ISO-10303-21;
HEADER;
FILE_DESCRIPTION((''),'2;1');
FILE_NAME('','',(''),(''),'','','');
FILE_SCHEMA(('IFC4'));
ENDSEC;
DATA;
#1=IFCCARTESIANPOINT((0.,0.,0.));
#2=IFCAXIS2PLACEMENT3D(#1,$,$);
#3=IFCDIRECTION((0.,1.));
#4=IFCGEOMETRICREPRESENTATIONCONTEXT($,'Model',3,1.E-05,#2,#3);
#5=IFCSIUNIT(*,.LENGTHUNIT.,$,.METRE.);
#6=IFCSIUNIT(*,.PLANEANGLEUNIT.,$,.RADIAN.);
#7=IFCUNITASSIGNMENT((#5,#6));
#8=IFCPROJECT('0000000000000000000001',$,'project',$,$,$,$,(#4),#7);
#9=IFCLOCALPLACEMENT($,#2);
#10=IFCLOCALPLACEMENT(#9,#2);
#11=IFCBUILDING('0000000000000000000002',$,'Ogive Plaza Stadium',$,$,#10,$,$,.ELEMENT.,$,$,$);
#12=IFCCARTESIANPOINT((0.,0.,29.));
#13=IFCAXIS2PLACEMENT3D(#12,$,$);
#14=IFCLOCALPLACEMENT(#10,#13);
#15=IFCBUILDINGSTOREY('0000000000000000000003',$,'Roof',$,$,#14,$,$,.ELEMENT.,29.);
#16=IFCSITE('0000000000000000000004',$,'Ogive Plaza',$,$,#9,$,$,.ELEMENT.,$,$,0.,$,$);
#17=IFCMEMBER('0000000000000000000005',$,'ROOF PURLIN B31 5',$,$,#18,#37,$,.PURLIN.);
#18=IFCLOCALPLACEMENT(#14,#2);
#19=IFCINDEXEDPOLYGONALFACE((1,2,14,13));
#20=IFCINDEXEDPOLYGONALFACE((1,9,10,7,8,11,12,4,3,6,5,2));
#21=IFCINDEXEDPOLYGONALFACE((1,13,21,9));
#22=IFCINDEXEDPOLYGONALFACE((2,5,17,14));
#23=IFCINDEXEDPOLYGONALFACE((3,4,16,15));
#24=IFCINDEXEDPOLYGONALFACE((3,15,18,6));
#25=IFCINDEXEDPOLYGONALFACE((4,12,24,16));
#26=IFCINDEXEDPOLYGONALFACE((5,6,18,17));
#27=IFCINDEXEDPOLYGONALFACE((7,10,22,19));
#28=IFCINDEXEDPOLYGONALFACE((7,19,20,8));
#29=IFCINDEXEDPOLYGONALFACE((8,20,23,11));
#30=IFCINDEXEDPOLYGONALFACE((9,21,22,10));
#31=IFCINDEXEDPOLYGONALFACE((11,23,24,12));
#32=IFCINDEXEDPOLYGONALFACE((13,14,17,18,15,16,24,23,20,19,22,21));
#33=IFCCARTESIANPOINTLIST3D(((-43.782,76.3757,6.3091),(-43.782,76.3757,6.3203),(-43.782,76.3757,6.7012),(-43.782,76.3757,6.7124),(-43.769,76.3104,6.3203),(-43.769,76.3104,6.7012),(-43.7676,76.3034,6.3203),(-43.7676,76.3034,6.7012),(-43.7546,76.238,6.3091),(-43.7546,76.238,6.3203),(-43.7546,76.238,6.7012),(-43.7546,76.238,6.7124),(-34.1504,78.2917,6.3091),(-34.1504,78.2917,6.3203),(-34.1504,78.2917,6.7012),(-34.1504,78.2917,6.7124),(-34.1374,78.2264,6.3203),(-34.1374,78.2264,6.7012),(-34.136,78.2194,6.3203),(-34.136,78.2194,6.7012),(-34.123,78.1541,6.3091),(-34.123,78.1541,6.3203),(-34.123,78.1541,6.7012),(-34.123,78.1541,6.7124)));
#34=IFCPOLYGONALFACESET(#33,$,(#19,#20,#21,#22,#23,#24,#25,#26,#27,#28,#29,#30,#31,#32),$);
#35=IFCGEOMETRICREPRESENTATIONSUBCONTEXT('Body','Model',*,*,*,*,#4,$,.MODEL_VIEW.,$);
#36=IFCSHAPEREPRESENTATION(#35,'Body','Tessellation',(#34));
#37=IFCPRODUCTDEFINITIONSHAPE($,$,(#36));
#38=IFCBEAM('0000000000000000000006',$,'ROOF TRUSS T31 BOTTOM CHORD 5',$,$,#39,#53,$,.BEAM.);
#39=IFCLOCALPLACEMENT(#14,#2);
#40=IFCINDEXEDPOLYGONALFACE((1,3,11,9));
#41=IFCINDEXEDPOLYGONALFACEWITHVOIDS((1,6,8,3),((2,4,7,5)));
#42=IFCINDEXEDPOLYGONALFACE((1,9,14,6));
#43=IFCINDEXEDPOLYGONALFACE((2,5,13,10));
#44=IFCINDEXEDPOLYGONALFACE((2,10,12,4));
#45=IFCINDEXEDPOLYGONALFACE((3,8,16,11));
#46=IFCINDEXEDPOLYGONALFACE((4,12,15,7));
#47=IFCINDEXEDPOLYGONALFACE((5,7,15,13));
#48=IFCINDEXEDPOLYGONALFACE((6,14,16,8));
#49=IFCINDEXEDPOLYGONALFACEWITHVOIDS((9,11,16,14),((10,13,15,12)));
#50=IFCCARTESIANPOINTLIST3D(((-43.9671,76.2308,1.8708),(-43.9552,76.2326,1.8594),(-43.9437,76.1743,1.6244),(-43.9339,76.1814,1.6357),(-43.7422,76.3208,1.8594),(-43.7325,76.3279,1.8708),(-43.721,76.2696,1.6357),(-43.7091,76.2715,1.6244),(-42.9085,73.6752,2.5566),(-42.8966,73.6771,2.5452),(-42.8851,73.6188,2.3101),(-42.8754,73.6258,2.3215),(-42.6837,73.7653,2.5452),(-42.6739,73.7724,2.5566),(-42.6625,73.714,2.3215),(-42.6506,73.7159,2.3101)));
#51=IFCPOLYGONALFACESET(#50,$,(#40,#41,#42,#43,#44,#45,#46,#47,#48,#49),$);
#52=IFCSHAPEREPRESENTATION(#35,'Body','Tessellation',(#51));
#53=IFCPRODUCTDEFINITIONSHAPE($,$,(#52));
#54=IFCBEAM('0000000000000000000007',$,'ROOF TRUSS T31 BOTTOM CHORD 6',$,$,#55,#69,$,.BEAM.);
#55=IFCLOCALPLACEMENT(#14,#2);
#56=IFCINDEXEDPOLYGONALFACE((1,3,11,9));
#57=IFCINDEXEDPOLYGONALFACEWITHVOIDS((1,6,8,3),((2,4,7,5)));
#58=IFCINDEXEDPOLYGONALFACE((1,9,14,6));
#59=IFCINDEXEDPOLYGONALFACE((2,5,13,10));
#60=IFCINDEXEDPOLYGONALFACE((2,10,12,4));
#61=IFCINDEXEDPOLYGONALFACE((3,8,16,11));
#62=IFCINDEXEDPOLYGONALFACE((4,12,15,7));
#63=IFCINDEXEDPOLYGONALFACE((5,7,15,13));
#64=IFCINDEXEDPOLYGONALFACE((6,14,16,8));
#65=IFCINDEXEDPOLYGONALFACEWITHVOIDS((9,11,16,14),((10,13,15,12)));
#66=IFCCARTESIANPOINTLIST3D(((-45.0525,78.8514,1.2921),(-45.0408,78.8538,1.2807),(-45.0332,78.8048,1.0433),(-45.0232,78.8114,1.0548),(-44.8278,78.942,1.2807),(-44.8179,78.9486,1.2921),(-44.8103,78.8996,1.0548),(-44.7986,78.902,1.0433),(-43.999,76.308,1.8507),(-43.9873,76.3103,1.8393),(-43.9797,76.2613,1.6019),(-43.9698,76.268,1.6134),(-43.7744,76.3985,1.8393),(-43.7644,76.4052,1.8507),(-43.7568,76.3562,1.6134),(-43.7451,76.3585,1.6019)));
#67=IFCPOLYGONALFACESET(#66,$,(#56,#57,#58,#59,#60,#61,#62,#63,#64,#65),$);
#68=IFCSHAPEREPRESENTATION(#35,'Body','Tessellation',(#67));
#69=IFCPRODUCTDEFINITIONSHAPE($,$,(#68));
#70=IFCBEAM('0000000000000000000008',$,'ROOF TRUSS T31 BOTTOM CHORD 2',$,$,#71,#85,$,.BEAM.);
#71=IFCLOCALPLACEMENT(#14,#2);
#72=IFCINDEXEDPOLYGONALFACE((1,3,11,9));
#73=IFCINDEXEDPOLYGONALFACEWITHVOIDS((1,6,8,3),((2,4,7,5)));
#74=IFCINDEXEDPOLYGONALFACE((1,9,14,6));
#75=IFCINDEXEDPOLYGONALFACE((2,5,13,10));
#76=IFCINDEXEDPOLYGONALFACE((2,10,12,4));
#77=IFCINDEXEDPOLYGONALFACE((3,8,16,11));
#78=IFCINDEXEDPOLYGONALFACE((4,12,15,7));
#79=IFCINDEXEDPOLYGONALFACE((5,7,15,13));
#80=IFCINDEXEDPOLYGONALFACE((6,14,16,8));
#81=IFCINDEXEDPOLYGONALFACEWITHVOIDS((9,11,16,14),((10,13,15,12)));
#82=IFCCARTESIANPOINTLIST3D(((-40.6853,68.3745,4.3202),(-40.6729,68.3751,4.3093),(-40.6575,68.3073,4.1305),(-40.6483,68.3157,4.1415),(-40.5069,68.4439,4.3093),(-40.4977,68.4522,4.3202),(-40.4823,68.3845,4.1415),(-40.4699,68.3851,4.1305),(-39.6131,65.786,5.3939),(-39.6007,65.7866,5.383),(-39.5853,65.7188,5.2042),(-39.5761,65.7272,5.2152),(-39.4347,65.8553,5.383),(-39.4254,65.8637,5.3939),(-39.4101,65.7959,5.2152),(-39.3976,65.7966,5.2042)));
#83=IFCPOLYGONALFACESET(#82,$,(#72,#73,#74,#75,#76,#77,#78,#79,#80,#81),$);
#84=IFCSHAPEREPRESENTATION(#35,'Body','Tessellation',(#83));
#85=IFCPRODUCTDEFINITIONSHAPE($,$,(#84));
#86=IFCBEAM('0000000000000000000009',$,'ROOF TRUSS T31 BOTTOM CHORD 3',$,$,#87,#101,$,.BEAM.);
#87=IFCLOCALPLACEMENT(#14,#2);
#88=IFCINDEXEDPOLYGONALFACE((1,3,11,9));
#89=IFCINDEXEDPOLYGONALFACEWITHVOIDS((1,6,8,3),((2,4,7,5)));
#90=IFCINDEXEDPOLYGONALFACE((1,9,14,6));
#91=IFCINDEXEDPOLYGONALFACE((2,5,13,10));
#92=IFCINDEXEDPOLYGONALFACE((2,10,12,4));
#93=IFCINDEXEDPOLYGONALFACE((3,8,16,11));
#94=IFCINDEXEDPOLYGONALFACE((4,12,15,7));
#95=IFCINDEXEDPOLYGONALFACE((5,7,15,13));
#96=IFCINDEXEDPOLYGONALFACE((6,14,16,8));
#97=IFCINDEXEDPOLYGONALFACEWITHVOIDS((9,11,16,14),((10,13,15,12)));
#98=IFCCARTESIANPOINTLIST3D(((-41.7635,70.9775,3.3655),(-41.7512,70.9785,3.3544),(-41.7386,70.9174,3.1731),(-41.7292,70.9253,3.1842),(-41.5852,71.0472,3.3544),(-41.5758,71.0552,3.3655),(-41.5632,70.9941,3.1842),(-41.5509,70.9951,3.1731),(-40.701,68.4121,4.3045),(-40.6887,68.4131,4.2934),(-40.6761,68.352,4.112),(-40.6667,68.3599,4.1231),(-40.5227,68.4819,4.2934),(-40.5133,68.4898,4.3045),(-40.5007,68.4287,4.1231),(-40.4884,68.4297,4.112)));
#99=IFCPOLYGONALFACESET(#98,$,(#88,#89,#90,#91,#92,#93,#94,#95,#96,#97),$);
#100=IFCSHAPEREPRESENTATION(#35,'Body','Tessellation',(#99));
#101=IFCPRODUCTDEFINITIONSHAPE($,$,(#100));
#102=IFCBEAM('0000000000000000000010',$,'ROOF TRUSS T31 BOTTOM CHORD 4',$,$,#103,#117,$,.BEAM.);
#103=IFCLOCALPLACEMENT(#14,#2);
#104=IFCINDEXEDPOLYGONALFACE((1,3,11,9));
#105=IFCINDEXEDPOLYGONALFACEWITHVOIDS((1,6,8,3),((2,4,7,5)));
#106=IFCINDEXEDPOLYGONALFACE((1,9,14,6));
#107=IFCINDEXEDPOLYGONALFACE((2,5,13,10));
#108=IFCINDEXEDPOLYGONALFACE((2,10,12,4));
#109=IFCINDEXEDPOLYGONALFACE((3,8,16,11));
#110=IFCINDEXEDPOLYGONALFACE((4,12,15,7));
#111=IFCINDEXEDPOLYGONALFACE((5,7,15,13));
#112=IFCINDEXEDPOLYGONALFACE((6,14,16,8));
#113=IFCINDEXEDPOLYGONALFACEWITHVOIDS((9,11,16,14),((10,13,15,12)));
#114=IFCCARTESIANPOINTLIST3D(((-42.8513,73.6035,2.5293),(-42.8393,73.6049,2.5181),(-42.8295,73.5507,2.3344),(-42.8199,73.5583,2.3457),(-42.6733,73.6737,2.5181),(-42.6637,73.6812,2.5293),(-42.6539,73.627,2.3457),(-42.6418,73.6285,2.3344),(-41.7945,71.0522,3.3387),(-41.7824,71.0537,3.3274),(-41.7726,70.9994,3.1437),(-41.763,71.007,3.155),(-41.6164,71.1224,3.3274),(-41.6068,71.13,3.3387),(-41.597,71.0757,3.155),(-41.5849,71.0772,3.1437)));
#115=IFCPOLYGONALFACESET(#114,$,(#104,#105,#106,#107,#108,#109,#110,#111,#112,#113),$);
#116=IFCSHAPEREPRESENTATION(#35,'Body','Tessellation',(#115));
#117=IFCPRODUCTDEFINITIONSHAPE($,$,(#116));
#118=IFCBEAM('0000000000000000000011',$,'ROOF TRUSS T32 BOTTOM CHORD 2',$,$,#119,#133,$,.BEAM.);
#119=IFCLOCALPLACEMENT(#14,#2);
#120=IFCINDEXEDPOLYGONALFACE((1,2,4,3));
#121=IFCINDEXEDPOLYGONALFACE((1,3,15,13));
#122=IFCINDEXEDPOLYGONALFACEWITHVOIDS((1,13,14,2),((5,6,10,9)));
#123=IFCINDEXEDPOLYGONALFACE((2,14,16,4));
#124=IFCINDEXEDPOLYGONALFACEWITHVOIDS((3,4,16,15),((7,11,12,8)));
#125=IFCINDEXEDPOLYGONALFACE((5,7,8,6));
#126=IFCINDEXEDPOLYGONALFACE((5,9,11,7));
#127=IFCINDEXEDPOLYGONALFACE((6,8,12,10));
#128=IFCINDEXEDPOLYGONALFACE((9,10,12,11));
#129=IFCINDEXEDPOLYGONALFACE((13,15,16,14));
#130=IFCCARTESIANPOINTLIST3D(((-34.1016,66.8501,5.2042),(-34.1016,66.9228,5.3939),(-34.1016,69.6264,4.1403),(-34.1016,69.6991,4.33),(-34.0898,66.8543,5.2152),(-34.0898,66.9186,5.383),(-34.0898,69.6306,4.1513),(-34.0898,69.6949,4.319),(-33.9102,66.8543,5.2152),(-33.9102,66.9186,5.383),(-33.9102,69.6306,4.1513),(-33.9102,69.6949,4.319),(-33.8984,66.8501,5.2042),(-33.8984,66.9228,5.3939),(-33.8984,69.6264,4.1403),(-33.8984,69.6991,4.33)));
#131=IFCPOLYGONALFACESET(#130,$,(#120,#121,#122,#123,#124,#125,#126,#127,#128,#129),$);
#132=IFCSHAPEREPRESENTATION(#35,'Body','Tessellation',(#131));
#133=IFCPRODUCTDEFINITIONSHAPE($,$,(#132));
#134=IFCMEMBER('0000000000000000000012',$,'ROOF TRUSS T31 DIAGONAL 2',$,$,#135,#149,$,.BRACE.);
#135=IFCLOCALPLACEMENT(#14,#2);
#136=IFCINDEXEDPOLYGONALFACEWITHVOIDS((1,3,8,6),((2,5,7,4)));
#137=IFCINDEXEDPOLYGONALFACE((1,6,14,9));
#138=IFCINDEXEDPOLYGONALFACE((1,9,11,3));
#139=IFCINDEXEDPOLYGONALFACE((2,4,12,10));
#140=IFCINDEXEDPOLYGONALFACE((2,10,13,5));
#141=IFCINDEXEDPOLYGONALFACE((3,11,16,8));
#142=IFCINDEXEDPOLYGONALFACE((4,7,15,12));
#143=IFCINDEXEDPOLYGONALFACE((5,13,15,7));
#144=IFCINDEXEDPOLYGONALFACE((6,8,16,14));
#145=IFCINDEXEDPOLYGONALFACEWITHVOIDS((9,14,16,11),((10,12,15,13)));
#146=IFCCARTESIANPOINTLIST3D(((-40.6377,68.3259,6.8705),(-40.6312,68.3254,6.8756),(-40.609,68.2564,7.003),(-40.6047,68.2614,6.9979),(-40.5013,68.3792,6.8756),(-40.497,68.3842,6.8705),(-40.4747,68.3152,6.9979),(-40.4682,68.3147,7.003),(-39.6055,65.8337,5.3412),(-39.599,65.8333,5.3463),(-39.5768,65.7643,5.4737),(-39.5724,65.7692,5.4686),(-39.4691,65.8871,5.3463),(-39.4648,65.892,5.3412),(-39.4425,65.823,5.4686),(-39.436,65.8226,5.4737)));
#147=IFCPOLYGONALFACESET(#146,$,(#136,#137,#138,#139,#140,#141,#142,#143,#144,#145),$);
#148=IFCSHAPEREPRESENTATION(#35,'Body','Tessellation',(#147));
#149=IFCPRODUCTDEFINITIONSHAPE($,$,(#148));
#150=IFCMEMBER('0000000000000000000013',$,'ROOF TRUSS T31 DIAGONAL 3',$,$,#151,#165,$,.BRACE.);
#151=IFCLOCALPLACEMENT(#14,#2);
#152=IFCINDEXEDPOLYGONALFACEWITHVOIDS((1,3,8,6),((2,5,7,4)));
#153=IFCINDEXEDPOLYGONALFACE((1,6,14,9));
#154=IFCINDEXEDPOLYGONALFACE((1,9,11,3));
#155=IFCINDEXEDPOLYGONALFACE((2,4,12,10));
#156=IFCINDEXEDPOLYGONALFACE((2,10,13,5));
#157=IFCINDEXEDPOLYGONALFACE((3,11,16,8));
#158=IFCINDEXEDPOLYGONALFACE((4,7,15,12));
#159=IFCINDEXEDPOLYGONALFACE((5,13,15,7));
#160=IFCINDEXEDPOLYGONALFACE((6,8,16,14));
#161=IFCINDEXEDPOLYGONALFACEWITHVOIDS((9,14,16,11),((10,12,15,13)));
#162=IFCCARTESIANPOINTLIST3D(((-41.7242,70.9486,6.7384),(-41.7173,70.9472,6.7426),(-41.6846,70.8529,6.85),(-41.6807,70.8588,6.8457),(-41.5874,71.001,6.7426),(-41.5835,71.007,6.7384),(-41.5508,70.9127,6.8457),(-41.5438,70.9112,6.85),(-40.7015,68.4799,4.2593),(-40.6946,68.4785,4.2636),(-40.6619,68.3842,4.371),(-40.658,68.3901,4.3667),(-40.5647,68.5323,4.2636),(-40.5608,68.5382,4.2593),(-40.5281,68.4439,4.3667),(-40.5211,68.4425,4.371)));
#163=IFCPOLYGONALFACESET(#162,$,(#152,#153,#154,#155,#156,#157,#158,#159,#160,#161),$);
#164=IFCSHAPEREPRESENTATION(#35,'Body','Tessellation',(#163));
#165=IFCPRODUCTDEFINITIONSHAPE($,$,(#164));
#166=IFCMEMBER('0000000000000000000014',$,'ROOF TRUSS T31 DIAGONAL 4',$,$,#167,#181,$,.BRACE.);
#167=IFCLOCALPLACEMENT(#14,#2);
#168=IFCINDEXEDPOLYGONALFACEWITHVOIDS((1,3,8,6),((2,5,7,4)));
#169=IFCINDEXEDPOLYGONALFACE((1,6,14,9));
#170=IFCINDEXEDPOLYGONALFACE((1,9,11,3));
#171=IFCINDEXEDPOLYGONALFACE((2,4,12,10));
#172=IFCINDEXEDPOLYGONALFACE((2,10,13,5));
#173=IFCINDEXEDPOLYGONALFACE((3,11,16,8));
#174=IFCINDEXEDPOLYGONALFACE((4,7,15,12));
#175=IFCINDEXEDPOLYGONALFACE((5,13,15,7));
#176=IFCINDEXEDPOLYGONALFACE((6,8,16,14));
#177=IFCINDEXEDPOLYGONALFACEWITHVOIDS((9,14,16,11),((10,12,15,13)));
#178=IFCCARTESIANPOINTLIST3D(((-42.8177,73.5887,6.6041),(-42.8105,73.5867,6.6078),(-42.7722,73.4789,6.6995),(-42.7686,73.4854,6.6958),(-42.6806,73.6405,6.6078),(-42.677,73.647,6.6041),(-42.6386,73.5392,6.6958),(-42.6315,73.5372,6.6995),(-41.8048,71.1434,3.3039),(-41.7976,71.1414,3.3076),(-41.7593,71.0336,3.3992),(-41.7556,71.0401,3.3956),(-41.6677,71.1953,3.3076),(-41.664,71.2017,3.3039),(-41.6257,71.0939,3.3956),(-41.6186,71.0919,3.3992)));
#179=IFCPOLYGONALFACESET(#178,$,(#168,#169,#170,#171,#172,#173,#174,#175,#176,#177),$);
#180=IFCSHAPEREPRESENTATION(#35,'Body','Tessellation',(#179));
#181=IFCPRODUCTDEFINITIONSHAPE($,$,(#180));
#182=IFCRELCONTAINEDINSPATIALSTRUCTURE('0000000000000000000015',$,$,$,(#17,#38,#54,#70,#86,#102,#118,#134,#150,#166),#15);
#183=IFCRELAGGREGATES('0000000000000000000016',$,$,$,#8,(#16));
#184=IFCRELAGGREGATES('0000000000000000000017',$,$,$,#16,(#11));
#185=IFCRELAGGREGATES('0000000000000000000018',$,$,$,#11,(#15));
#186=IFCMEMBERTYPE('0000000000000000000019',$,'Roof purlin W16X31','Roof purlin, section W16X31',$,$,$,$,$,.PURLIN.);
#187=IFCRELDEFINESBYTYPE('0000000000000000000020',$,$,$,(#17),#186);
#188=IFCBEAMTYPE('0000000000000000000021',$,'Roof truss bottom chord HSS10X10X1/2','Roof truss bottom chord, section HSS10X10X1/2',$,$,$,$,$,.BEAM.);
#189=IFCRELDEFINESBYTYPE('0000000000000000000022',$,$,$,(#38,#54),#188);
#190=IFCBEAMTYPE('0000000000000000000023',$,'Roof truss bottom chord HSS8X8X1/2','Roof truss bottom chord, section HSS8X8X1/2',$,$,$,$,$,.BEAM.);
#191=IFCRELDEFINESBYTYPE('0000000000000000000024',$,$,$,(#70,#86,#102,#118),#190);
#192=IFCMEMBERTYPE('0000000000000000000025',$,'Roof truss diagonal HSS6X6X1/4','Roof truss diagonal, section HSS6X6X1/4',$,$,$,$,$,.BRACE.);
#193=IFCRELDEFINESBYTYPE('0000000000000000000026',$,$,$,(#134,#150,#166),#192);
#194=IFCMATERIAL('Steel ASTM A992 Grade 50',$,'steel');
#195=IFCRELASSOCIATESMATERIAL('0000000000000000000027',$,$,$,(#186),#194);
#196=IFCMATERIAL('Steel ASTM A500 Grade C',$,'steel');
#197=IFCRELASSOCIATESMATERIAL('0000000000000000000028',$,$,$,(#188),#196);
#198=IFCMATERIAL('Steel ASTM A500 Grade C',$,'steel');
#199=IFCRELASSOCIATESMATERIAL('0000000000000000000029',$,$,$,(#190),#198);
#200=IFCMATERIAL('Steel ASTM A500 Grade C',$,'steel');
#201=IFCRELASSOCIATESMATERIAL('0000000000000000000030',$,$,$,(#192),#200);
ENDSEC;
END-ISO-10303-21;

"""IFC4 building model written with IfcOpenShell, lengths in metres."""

from ifc_helpers import new_model, si_unit, direction, frame, origin, origin_2d, place, context, subcontext, project, spatial, hollow_rectangle, i_section, extrude, material, material_profile, profile_set, type_object, element, save


model = new_model("IFC4")

# Units and contexts
model_context = context("Model", 3, precision=1e-05, world=origin(), true_north=direction((0.0, 1.0)))
body_context = subcontext(model_context, "Body", "Model", "MODEL_VIEW")
ifc_project = project(units=[si_unit("LENGTHUNIT", "METRE"), si_unit("PLANEANGLEUNIT", "RADIAN")], contexts=[model_context])

# Site, building, storey
site_placement = place(None, origin())
site = spatial("IfcSite", under=ifc_project, at=site_placement, Name="Ogive Plaza", CompositionType="ELEMENT", RefElevation=0.0)
building_placement = place(site_placement, origin())
building = spatial("IfcBuilding", under=site, at=building_placement, Name="Ogive Plaza Stadium", CompositionType="ELEMENT")
storey_placement = place(building_placement, frame((0.0, 0.0, 29.0)))
storey = spatial("IfcBuildingStorey", under=building, at=storey_placement, Name="Roof", CompositionType="ELEMENT", Elevation=29.0)

# Member
ifc_material_1 = material(Name="Steel ASTM A992 Grade 50", Category="steel")
ifc_material_profile_1 = material_profile(ifc_material_1, i_section(OverallWidth=0.1404, OverallDepth=0.4033, WebThickness=0.0071, FlangeThickness=0.0112, at=origin_2d()), Name="W16X31")
ifc_profile_set_1 = profile_set([ifc_material_profile_1], Name="Steel ASTM A992 Grade 50")
member_type_1 = type_object("IfcMemberType", Name="Roof purlin W16X31", Description="Roof purlin, section W16X31", PredefinedType="PURLIN", material=ifc_profile_set_1)
member_1_placement = place(storey_placement, frame((-43.7683, 76.3069, 6.5107), z_axis=(0.980782, 0.195107, 0.0), x_axis=(-0.195107, 0.980782, 0.0)))
element("IfcMember", 1, at=member_1_placement, inside=storey, type_object=member_type_1, Name="ROOF PURLIN B31 5", PredefinedType="PURLIN", context=body_context, shape_type="SweptSolid", body=[
    extrude(i_section(OverallWidth=0.1404, OverallDepth=0.4033, WebThickness=0.0071, FlangeThickness=0.0112, at=origin_2d()), origin(), (0.0, 0.0, 1.0), 9.8203),
])

# Beams
ifc_material_2 = material(Name="Steel ASTM A500 Grade C", Category="steel")
ifc_material_profile_2 = material_profile(ifc_material_2, hollow_rectangle(XDim=0.2539, YDim=0.2539, WallThickness=0.0117, at=origin_2d()), Name="HSS10X10X1/2")
ifc_profile_set_2 = profile_set([ifc_material_profile_2], Name="Steel ASTM A500 Grade C")
beam_type_1 = type_object("IfcBeamType", Name="Roof truss bottom chord HSS10X10X1/2", Description="Roof truss bottom chord, section HSS10X10X1/2", PredefinedType="BEAM", material=ifc_profile_set_2)
beam_1_placement = place(storey_placement, frame((-42.7795, 73.6956, 2.4333), z_axis=(-0.37144, 0.896733, -0.240631), x_axis=(-0.923879, -0.382684, 0.0)))
element("IfcBeam", 2, at=beam_1_placement, inside=storey, type_object=beam_type_1, Name="ROOF TRUSS T31 BOTTOM CHORD 5", PredefinedType="BEAM", context=body_context, shape_type="SweptSolid", body=[
    extrude(hollow_rectangle(XDim=0.2539, YDim=0.2539, WallThickness=0.0117, at=origin_2d()), origin(), (0.0, 0.0, 1.0), 2.8499),
])
beam_2_placement = place(storey_placement, frame((-43.8721, 76.3333, 1.7263), z_axis=(-0.375021, 0.905438, -0.198852), x_axis=(-0.923888, -0.382662, 0.0)))
element("IfcBeam", 3, at=beam_2_placement, inside=storey, type_object=beam_type_1, Name="ROOF TRUSS T31 BOTTOM CHORD 6", PredefinedType="BEAM", context=body_context, shape_type="SweptSolid", body=[
    extrude(hollow_rectangle(XDim=0.2539, YDim=0.2539, WallThickness=0.0117, at=origin_2d()), origin(), (0.0, 0.0, 1.0), 2.8091),
])
ifc_material_3 = material(Name="Steel ASTM A500 Grade C", Category="steel")
ifc_material_profile_3 = material_profile(ifc_material_3, hollow_rectangle(XDim=0.2031, YDim=0.2031, WallThickness=0.0117, at=origin_2d()), Name="HSS8X8X1/2")
ifc_profile_set_3 = profile_set([ifc_material_profile_3], Name="Steel ASTM A500 Grade C")
beam_type_2 = type_object("IfcBeamType", Name="Roof truss bottom chord HSS8X8X1/2", Description="Roof truss bottom chord, section HSS8X8X1/2", PredefinedType="BEAM", material=ifc_profile_set_3)
beam_3_placement = place(storey_placement, frame((-39.5054, 65.7913, 5.2991), z_axis=(-0.35735, 0.862701, -0.357838), x_axis=(-0.923877, -0.38269, 0.0)))
element("IfcBeam", 4, at=beam_3_placement, inside=storey, type_object=beam_type_2, Name="ROOF TRUSS T31 BOTTOM CHORD 2", PredefinedType="BEAM", context=body_context, shape_type="SweptSolid", body=[
    extrude(hollow_rectangle(XDim=0.2031, YDim=0.2031, WallThickness=0.0117, at=origin_2d()), origin(), (0.0, 0.0, 1.0), 3.0005),
])
beam_4_placement = place(storey_placement, frame((-40.5947, 68.4209, 4.2083), z_axis=(-0.362478, 0.875212, -0.320334), x_axis=(-0.923897, -0.382642, 0.0)))
element("IfcBeam", 5, at=beam_4_placement, inside=storey, type_object=beam_type_2, Name="ROOF TRUSS T31 BOTTOM CHORD 3", PredefinedType="BEAM", context=body_context, shape_type="SweptSolid", body=[
    extrude(hollow_rectangle(XDim=0.2031, YDim=0.2031, WallThickness=0.0117, at=origin_2d()), origin(), (0.0, 0.0, 1.0), 2.9312),
])
beam_5_placement = place(storey_placement, frame((-41.6897, 71.0647, 3.2412), z_axis=(-0.367271, 0.886574, -0.281243), x_axis=(-0.923865, -0.382719, 0.0)))
element("IfcBeam", 6, at=beam_5_placement, inside=storey, type_object=beam_type_2, Name="ROOF TRUSS T31 BOTTOM CHORD 4", PredefinedType="BEAM", context=body_context, shape_type="SweptSolid", body=[
    extrude(hollow_rectangle(XDim=0.2031, YDim=0.2031, WallThickness=0.0117, at=origin_2d()), origin(), (0.0, 0.0, 1.0), 2.8777),
])
beam_6_placement = place(storey_placement, frame((-34.0, 66.8865, 5.2991), z_axis=(0.0, 0.933781, -0.357845), x_axis=(-1.0, 0.0, 0.0)))
element("IfcBeam", 7, at=beam_6_placement, inside=storey, type_object=beam_type_2, Name="ROOF TRUSS T32 BOTTOM CHORD 2", PredefinedType="BEAM", context=body_context, shape_type="SweptSolid", body=[
    extrude(hollow_rectangle(XDim=0.2031, YDim=0.2031, WallThickness=0.0117, at=origin_2d()), origin(), (0.0, 0.0, 1.0), 2.9731),
])

# Members
ifc_material_4 = material(Name="Steel ASTM A500 Grade C", Category="steel")
ifc_material_profile_4 = material_profile(ifc_material_4, hollow_rectangle(XDim=0.1523, YDim=0.1523, WallThickness=0.0059, at=origin_2d()), Name="HSS6X6X1/4")
ifc_profile_set_4 = profile_set([ifc_material_profile_4], Name="Steel ASTM A500 Grade C")
member_type_2 = type_object("IfcMemberType", Name="Roof truss diagonal HSS6X6X1/4", Description="Roof truss diagonal, section HSS6X6X1/4", PredefinedType="BRACE", material=ifc_profile_set_4)
member_2_placement = place(storey_placement, frame((-39.5208, 65.8281, 5.4075), z_axis=(-0.332886, 0.803712, 0.493187), x_axis=(-0.923889, -0.382661, 0.0)))
element("IfcMember", 8, at=member_2_placement, inside=storey, type_object=member_type_2, Name="ROOF TRUSS T31 DIAGONAL 2", PredefinedType="BRACE", context=body_context, shape_type="SweptSolid", body=[
    extrude(hollow_rectangle(XDim=0.1523, YDim=0.1523, WallThickness=0.0059, at=origin_2d()), origin(), (0.0, 0.0, 1.0), 3.1008),
])
member_3_placement = place(storey_placement, frame((-40.6113, 68.4612, 4.3152), z_axis=(-0.280577, 0.677295, 0.680109), x_axis=(-0.923864, -0.38272, 0.0)))
element("IfcMember", 9, at=member_3_placement, inside=storey, type_object=member_type_2, Name="ROOF TRUSS T31 DIAGONAL 3", PredefinedType="BRACE", context=body_context, shape_type="SweptSolid", body=[
    extrude(hollow_rectangle(XDim=0.1523, YDim=0.1523, WallThickness=0.0059, at=origin_2d()), origin(), (0.0, 0.0, 1.0), 3.645),
])
member_4_placement = place(storey_placement, frame((-41.7117, 71.1177, 3.3516), z_axis=(-0.239435, 0.578013, 0.78011), x_axis=(-0.923872, -0.382702, 0.0)))
element("IfcMember", 10, at=member_4_placement, inside=storey, type_object=member_type_2, Name="ROOF TRUSS T31 DIAGONAL 4", PredefinedType="BRACE", context=body_context, shape_type="SweptSolid", body=[
    extrude(hollow_rectangle(XDim=0.1523, YDim=0.1523, WallThickness=0.0059, at=origin_2d()), origin(), (0.0, 0.0, 1.0), 4.2305),
])

save(model, "model.ifc")
